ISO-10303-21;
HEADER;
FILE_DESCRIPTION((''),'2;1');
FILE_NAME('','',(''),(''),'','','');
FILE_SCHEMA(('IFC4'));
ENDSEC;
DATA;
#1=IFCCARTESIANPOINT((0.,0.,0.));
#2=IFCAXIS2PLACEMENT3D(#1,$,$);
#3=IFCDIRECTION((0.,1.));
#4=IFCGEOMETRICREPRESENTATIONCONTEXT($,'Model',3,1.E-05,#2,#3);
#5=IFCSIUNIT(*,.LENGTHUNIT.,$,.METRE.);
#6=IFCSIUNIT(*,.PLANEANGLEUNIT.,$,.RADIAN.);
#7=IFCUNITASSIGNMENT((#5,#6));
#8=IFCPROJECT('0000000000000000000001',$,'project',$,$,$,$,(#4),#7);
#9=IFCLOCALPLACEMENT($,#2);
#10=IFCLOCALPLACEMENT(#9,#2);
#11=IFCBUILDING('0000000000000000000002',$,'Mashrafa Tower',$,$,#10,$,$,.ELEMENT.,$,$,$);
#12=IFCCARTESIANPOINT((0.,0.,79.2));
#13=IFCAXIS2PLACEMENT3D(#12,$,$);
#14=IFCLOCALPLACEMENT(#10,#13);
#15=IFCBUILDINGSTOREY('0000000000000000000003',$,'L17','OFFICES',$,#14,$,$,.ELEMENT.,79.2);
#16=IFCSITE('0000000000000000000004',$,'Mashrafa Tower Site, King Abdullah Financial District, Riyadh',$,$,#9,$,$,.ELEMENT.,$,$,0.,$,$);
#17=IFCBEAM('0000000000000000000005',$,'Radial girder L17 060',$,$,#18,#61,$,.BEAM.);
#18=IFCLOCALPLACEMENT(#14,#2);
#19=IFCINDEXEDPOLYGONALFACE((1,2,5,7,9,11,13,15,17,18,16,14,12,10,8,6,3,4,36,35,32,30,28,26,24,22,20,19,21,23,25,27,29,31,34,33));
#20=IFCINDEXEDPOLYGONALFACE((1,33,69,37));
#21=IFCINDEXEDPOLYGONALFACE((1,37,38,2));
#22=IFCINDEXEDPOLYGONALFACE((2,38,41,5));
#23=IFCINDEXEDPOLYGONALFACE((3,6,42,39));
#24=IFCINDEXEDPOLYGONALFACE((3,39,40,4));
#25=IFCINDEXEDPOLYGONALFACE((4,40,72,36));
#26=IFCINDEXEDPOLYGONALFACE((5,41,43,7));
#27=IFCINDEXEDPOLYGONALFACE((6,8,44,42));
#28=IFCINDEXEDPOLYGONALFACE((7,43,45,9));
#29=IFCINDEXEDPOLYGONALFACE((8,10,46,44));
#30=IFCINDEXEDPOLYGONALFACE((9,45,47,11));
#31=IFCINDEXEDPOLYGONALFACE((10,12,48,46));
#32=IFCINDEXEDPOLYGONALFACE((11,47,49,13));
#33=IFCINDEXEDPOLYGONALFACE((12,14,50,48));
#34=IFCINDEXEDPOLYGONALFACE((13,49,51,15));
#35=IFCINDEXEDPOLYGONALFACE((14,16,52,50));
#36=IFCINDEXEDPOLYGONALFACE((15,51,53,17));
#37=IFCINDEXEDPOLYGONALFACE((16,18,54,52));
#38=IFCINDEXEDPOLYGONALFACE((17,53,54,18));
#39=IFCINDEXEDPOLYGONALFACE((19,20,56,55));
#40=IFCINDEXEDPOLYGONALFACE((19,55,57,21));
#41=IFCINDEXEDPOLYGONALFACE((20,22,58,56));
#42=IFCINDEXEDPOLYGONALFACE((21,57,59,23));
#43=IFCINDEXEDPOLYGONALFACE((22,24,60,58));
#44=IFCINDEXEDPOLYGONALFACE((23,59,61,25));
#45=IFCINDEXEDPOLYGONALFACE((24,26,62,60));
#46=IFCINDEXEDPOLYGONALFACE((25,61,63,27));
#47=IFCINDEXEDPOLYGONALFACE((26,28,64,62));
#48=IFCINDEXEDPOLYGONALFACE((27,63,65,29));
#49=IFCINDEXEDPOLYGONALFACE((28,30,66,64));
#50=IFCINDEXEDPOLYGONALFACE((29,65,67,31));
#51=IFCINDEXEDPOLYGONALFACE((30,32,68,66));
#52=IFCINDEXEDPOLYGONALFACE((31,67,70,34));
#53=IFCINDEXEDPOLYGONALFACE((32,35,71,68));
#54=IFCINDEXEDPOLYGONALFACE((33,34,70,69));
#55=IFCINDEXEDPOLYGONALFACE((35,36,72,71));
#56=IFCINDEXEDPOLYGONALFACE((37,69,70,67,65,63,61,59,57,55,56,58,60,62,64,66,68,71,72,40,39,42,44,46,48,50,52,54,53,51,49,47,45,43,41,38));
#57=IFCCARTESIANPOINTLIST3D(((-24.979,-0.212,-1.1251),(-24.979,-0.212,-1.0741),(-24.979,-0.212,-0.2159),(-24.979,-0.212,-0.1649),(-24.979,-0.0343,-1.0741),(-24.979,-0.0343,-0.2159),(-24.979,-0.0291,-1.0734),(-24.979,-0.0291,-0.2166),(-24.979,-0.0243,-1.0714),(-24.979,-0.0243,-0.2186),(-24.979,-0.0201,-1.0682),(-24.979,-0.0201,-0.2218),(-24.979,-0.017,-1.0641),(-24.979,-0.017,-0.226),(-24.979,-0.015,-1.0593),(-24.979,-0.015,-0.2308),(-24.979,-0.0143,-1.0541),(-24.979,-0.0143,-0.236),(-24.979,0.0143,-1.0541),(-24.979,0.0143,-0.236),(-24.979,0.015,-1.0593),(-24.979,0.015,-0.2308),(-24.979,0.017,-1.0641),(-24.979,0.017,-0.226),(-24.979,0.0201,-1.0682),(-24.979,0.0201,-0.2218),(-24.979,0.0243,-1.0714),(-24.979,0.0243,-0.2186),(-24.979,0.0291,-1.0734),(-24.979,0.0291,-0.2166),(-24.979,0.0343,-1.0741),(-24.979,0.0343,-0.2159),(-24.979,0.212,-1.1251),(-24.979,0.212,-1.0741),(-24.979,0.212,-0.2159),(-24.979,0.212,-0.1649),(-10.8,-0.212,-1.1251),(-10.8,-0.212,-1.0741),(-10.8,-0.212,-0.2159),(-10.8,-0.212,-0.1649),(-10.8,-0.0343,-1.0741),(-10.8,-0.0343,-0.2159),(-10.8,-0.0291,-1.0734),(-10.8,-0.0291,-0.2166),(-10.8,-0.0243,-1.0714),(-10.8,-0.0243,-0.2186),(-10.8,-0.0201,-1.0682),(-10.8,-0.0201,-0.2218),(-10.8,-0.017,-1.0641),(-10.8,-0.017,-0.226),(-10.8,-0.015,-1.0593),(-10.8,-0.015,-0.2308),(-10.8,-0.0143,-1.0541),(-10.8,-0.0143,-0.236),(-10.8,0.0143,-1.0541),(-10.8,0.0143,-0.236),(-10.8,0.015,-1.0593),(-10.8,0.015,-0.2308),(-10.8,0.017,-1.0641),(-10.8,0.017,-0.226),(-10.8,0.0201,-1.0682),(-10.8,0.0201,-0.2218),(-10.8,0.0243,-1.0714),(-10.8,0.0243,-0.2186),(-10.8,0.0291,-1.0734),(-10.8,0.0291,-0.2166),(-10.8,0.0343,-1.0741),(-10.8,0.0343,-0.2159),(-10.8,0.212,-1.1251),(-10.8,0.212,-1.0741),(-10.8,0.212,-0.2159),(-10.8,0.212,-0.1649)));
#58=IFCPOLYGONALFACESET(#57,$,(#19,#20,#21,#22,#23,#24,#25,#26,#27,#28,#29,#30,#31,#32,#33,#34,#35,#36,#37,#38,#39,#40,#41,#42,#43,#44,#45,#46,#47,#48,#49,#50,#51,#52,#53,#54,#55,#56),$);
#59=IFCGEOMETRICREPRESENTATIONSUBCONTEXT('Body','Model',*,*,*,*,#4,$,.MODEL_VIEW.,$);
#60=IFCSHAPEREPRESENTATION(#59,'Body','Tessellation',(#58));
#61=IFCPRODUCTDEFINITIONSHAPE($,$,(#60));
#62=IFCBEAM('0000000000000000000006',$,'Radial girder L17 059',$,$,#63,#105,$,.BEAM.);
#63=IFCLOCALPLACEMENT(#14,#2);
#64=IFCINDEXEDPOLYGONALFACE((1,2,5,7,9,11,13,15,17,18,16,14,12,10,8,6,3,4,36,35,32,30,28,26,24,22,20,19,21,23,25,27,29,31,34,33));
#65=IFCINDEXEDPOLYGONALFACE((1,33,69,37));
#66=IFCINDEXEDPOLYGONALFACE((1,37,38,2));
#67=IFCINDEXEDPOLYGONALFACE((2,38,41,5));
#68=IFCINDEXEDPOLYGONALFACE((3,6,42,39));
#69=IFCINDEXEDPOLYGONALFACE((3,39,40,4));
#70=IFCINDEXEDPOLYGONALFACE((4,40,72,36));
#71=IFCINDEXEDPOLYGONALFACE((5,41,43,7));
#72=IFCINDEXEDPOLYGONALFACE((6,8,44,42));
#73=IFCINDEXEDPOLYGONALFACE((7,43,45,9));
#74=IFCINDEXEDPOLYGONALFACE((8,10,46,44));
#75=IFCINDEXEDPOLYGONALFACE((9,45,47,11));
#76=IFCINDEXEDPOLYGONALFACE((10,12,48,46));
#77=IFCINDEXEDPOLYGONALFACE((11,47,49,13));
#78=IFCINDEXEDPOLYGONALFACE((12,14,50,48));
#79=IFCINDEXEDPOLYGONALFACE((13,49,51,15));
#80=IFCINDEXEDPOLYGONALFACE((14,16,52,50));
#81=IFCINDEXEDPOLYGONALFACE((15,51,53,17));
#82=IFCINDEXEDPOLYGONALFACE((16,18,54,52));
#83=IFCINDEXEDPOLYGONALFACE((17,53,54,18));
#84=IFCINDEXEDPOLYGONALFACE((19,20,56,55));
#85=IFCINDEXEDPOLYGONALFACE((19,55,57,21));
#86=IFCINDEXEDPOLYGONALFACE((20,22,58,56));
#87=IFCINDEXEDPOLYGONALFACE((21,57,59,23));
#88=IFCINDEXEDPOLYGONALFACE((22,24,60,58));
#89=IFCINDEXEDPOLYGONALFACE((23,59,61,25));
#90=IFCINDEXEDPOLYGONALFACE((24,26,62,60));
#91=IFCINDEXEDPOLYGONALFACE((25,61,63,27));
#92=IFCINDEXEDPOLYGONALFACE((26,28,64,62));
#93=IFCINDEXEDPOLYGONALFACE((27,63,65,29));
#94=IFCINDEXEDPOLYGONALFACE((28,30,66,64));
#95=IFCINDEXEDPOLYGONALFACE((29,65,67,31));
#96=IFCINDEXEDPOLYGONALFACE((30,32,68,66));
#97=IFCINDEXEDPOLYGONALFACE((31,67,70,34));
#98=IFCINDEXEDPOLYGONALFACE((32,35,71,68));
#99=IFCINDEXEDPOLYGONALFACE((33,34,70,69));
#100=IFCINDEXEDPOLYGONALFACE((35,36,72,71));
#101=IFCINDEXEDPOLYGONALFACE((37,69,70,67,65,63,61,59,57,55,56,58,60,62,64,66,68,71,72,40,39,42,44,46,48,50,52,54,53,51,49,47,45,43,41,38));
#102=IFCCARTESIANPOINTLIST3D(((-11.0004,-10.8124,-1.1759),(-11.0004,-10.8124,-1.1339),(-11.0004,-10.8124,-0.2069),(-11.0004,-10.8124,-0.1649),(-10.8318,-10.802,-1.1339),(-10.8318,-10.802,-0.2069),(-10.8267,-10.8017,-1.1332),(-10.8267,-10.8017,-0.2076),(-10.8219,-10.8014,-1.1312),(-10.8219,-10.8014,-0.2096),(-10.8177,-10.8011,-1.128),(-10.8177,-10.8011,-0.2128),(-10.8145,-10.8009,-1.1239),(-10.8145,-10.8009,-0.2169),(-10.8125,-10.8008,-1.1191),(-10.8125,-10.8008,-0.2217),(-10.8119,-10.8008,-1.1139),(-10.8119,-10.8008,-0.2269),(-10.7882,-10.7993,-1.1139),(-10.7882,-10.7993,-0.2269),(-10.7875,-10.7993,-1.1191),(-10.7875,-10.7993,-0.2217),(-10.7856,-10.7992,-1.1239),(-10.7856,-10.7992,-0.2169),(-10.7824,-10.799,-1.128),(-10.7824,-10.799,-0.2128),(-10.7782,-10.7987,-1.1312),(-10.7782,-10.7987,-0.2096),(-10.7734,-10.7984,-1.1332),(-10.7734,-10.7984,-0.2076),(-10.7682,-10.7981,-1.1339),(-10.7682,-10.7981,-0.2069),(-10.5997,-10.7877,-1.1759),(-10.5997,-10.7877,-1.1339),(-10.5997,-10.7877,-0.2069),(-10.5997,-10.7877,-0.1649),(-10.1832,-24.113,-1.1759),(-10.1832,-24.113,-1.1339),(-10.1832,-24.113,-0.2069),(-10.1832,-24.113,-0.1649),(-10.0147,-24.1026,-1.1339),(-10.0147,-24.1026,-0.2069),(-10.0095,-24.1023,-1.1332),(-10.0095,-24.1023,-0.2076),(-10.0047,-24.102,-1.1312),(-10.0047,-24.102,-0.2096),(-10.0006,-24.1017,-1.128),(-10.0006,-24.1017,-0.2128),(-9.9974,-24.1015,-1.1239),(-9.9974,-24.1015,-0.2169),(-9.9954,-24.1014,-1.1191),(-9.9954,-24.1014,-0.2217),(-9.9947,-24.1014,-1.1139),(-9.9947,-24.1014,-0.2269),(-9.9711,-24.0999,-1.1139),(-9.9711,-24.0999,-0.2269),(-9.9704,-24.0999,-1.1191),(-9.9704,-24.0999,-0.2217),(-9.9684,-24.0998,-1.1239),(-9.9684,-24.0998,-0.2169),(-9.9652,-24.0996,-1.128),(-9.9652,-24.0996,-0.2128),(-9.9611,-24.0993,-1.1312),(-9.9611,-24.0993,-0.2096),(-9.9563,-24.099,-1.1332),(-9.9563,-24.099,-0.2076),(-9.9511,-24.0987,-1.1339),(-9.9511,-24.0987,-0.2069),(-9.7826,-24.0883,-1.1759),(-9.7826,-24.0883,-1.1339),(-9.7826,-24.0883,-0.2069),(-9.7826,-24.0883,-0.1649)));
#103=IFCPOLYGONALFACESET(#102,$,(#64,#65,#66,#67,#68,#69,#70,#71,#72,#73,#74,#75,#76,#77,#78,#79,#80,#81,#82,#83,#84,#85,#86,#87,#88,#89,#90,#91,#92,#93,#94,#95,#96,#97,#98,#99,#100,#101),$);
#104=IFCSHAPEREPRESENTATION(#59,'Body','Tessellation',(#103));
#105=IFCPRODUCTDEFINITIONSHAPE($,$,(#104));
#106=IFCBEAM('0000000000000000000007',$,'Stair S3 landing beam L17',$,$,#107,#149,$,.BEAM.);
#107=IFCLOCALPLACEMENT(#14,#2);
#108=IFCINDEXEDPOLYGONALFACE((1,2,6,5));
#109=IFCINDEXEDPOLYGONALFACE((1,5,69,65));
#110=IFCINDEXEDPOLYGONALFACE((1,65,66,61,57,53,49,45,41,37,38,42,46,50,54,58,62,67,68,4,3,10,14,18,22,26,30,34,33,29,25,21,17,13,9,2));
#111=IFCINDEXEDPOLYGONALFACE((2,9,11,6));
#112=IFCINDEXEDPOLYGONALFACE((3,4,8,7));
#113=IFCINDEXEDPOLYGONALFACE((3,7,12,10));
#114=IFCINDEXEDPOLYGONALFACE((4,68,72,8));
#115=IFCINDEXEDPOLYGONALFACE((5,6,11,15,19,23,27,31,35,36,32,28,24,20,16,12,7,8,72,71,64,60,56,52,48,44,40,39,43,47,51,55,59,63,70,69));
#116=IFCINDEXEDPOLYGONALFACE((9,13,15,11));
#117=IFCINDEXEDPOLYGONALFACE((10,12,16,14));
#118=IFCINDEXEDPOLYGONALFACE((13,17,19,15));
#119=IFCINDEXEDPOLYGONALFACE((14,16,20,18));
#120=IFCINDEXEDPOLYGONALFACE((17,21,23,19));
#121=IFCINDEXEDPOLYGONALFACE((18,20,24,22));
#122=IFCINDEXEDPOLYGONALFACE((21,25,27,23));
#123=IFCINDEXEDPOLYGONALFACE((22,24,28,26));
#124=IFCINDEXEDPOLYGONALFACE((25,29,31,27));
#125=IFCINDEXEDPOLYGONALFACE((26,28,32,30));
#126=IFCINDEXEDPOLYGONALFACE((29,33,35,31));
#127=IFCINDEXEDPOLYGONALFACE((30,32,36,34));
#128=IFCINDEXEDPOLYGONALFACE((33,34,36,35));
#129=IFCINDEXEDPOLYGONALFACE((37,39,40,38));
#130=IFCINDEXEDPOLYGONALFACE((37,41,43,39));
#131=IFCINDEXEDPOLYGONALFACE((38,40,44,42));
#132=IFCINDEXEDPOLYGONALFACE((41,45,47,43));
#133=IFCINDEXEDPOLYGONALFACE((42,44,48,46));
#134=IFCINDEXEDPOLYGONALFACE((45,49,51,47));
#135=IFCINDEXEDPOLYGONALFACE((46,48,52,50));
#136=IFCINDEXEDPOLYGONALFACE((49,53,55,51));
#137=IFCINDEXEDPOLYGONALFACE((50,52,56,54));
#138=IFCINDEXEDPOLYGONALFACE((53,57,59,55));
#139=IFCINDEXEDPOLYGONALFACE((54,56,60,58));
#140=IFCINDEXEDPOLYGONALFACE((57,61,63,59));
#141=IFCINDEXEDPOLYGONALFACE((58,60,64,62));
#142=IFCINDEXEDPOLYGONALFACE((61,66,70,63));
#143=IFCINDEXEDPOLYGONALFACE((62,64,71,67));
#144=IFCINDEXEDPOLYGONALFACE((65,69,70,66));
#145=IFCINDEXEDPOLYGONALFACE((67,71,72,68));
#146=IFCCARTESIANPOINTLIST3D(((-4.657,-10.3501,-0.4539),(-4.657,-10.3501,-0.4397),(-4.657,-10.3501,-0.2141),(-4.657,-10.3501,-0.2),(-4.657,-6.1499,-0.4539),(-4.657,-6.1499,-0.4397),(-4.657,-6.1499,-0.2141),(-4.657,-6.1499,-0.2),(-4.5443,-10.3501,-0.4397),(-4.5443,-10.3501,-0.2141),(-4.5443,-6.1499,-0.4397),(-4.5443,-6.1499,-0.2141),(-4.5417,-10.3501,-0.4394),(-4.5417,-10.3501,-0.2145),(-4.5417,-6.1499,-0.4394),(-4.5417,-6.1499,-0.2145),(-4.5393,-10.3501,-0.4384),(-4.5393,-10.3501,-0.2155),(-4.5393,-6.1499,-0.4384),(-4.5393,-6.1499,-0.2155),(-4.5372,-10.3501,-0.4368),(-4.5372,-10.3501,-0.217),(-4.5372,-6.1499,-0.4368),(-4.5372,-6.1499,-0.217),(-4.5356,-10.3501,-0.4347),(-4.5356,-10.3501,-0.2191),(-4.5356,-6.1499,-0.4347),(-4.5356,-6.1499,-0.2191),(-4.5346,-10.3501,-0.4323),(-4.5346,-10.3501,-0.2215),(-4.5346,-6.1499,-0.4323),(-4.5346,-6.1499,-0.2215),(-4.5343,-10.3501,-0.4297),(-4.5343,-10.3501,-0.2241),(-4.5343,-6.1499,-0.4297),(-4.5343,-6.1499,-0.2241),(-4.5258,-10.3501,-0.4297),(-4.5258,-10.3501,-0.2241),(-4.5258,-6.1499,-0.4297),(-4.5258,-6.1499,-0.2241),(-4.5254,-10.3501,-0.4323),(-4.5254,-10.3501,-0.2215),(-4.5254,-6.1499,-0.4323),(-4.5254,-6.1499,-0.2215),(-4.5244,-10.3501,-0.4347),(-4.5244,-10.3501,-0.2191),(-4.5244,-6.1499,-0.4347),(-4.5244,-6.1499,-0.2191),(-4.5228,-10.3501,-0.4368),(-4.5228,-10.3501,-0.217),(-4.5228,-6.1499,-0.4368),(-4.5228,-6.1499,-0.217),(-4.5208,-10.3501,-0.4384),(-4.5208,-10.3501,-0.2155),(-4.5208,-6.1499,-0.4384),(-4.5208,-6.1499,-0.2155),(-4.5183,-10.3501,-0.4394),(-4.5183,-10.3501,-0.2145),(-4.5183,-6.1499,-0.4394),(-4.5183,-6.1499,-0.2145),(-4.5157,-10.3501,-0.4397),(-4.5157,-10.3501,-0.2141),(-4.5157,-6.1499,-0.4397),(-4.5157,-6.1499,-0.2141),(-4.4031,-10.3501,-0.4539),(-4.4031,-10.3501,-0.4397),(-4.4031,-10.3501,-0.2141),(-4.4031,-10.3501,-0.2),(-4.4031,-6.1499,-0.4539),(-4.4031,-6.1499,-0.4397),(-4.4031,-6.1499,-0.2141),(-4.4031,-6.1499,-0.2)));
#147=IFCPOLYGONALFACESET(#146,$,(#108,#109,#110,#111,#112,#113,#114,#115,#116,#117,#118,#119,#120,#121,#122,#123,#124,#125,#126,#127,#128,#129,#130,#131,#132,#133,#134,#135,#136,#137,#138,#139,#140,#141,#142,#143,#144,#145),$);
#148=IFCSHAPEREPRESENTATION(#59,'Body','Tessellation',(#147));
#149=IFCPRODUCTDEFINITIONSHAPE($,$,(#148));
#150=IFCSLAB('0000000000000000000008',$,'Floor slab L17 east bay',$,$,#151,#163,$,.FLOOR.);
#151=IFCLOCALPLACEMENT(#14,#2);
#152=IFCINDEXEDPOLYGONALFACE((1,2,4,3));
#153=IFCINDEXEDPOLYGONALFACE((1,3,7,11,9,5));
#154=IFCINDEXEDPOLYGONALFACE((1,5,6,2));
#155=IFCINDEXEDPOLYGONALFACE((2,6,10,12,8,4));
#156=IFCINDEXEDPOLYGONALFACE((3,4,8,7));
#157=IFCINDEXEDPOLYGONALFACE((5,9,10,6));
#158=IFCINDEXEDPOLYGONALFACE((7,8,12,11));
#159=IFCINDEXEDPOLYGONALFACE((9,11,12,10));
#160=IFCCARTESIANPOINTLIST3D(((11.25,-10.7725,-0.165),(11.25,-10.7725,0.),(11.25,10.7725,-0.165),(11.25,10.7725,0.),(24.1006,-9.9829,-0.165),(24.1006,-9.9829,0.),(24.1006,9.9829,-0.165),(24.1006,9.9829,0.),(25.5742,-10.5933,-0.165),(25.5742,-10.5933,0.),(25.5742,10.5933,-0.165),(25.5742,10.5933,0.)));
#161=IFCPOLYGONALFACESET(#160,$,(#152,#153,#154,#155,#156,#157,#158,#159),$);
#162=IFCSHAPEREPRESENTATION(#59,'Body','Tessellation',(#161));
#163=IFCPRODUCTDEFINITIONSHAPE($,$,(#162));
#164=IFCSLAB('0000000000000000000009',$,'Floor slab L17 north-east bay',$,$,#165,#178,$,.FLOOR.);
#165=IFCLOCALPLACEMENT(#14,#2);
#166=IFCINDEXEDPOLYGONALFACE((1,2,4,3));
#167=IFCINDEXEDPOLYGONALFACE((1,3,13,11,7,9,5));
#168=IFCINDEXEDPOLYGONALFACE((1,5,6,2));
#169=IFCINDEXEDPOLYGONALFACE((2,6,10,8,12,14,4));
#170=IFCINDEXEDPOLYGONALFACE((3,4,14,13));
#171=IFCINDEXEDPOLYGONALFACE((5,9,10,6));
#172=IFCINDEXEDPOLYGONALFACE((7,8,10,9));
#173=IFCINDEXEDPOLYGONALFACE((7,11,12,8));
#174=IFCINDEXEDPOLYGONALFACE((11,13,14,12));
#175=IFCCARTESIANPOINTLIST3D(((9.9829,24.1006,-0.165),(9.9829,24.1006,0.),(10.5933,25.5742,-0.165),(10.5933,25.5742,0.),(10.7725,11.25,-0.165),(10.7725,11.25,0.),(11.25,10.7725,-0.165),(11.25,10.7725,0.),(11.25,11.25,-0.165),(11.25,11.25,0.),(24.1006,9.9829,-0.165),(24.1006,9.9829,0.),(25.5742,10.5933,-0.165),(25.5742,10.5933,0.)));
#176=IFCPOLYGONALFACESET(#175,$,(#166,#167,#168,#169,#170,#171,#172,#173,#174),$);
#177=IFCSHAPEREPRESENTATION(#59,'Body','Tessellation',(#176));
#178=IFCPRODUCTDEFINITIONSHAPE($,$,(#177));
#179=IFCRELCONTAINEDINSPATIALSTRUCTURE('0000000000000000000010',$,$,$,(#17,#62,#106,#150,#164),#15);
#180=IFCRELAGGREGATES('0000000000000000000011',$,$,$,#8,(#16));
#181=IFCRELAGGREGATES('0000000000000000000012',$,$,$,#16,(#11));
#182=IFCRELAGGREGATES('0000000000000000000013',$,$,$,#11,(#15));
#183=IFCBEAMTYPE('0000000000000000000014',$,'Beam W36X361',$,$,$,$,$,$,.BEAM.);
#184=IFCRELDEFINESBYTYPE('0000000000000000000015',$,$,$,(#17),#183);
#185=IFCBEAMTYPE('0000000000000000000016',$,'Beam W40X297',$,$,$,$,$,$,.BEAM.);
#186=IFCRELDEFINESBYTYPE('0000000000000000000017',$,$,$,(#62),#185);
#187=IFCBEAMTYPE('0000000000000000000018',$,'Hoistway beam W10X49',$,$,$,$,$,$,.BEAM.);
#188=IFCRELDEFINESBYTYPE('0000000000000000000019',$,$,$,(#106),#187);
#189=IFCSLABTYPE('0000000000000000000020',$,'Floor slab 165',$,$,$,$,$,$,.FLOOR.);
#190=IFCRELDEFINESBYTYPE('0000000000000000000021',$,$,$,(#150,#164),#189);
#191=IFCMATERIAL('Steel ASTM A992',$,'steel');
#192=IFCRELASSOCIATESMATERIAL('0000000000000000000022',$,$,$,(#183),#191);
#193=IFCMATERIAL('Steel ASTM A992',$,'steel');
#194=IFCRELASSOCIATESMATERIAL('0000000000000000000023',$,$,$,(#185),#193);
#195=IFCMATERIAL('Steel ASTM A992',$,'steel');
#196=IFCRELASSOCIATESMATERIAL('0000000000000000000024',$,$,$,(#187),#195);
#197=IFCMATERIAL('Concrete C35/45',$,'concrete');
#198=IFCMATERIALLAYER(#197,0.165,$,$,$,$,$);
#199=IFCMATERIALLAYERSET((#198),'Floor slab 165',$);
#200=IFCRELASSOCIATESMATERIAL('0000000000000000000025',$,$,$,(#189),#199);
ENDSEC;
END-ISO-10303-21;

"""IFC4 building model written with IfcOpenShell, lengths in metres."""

from ifc_helpers import new_model, si_unit, direction, frame, origin, origin_2d, place, context, subcontext, project, spatial, polyline, i_section, outline, extrude, material, layer, layer_set, material_profile, profile_set, type_object, element, save


model = new_model("IFC4")

# Units and contexts
model_context = context("Model", 3, precision=1e-05, world=origin(), true_north=direction((0.0, 1.0)))
body_context = subcontext(model_context, "Body", "Model", "MODEL_VIEW")
ifc_project = project(units=[si_unit("LENGTHUNIT", "METRE"), si_unit("PLANEANGLEUNIT", "RADIAN")], contexts=[model_context])

# Site, building, storey
site_placement = place(None, origin())
site = spatial("IfcSite", under=ifc_project, at=site_placement, Name="Mashrafa Tower Site, King Abdullah Financial District, Riyadh", CompositionType="ELEMENT", RefElevation=0.0)
building_placement = place(site_placement, origin())
building = spatial("IfcBuilding", under=site, at=building_placement, Name="Mashrafa Tower", CompositionType="ELEMENT")
storey_placement = place(building_placement, frame((0.0, 0.0, 79.2)))
storey = spatial("IfcBuildingStorey", under=building, at=storey_placement, Name="L17", Description="OFFICES", CompositionType="ELEMENT", Elevation=79.2)

# Beams
ifc_material_1 = material(Name="Steel ASTM A992", Category="steel")
ifc_material_profile_1 = material_profile(ifc_material_1, i_section(OverallWidth=0.4241, OverallDepth=0.9602, WebThickness=0.0286, FlangeThickness=0.051, FilletRadius=0.02, at=origin_2d()), Name="W36X361")
ifc_profile_set_1 = profile_set([ifc_material_profile_1], Name="Steel ASTM A992")
beam_type_1 = type_object("IfcBeamType", Name="Beam W36X361", PredefinedType="BEAM", material=ifc_profile_set_1)
beam_1_placement = place(storey_placement, frame((-10.8, 0.0, -0.645), z_axis=(-1.0, 0.0, 0.0), x_axis=(0.0, -1.0, 0.0)))
element("IfcBeam", 1, at=beam_1_placement, inside=storey, type_object=beam_type_1, Name="Radial girder L17 060", PredefinedType="BEAM", context=body_context, shape_type="SweptSolid", body=[
    extrude(i_section(OverallWidth=0.4241, OverallDepth=0.9602, WebThickness=0.0286, FlangeThickness=0.051, FilletRadius=0.02, at=origin_2d()), origin(), (0.0, 0.0, 1.0), 14.179),
])
ifc_material_2 = material(Name="Steel ASTM A992", Category="steel")
ifc_material_profile_2 = material_profile(ifc_material_2, i_section(OverallWidth=0.4014, OverallDepth=1.011, WebThickness=0.0237, FlangeThickness=0.042, FilletRadius=0.02, at=origin_2d()), Name="W40X297")
ifc_profile_set_2 = profile_set([ifc_material_profile_2], Name="Steel ASTM A992")
beam_type_2 = type_object("IfcBeamType", Name="Beam W40X297", PredefinedType="BEAM", material=ifc_profile_set_2)
beam_2_placement = place(storey_placement, frame((-10.8, -10.8, -0.6704), z_axis=(0.061321, -0.998118, 0.0), x_axis=(0.998118, 0.061321, 0.0)))
element("IfcBeam", 2, at=beam_2_placement, inside=storey, type_object=beam_type_2, Name="Radial girder L17 059", PredefinedType="BEAM", context=body_context, shape_type="SweptSolid", body=[
    extrude(i_section(OverallWidth=0.4014, OverallDepth=1.011, WebThickness=0.0237, FlangeThickness=0.042, FilletRadius=0.02, at=origin_2d()), origin(), (0.0, 0.0, 1.0), 13.3257),
])
ifc_material_3 = material(Name="Steel ASTM A992", Category="steel")
ifc_material_profile_3 = material_profile(ifc_material_3, i_section(OverallWidth=0.2539, OverallDepth=0.2539, WebThickness=0.0085, FlangeThickness=0.0142, FilletRadius=0.01, at=origin_2d()), Name="W10X49")
ifc_profile_set_3 = profile_set([ifc_material_profile_3], Name="Steel ASTM A992")
beam_type_3 = type_object("IfcBeamType", Name="Hoistway beam W10X49", PredefinedType="BEAM", material=ifc_profile_set_3)
beam_3_placement = place(storey_placement, frame((-4.53, -10.3501, -0.3269), z_axis=(0.0, 1.0, 0.0), x_axis=(-1.0, 0.0, 0.0)))
element("IfcBeam", 3, at=beam_3_placement, inside=storey, type_object=beam_type_3, Name="Stair S3 landing beam L17", PredefinedType="BEAM", context=body_context, shape_type="SweptSolid", body=[
    extrude(i_section(OverallWidth=0.2539, OverallDepth=0.2539, WebThickness=0.0085, FlangeThickness=0.0142, FilletRadius=0.01, at=origin_2d()), origin(), (0.0, 0.0, 1.0), 4.2002),
])

# Slabs
ifc_material_4 = material(Name="Concrete C35/45", Category="concrete")
ifc_layer_1 = layer(ifc_material_4, 0.165)
ifc_layer_set_1 = layer_set([ifc_layer_1], Name="Floor slab 165")
slab_type = type_object("IfcSlabType", Name="Floor slab 165", PredefinedType="FLOOR", material=ifc_layer_set_1)
slab_1_placement = place(storey_placement, frame((0.0, 0.0, -0.165)))
element("IfcSlab", 4, at=slab_1_placement, inside=storey, type_object=slab_type, Name="Floor slab L17 east bay", PredefinedType="FLOOR", context=body_context, shape_type="SweptSolid", body=[
    extrude(outline(polyline([(25.5742, -10.5933), (24.1006, -9.9829), (11.25, -10.7725), (11.25, 10.7725), (24.1006, 9.9829), (25.5742, 10.5933), (25.5742, -10.5933)])), origin(), (0.0, 0.0, 1.0), 0.165),
])
slab_2_placement = place(storey_placement, frame((0.0, 0.0, -0.165)))
element("IfcSlab", 5, at=slab_2_placement, inside=storey, type_object=slab_type, Name="Floor slab L17 north-east bay", PredefinedType="FLOOR", context=body_context, shape_type="SweptSolid", body=[
    extrude(outline(polyline([(10.5933, 25.5742), (25.5742, 10.5933), (25.5742, 10.5933), (24.1006, 9.9829), (11.25, 10.7725), (11.25, 11.25), (10.7725, 11.25), (9.9829, 24.1006), (10.5933, 25.5742), (10.5933, 25.5742)])), origin(), (0.0, 0.0, 1.0), 0.165),
])

save(model, "model.ifc")
